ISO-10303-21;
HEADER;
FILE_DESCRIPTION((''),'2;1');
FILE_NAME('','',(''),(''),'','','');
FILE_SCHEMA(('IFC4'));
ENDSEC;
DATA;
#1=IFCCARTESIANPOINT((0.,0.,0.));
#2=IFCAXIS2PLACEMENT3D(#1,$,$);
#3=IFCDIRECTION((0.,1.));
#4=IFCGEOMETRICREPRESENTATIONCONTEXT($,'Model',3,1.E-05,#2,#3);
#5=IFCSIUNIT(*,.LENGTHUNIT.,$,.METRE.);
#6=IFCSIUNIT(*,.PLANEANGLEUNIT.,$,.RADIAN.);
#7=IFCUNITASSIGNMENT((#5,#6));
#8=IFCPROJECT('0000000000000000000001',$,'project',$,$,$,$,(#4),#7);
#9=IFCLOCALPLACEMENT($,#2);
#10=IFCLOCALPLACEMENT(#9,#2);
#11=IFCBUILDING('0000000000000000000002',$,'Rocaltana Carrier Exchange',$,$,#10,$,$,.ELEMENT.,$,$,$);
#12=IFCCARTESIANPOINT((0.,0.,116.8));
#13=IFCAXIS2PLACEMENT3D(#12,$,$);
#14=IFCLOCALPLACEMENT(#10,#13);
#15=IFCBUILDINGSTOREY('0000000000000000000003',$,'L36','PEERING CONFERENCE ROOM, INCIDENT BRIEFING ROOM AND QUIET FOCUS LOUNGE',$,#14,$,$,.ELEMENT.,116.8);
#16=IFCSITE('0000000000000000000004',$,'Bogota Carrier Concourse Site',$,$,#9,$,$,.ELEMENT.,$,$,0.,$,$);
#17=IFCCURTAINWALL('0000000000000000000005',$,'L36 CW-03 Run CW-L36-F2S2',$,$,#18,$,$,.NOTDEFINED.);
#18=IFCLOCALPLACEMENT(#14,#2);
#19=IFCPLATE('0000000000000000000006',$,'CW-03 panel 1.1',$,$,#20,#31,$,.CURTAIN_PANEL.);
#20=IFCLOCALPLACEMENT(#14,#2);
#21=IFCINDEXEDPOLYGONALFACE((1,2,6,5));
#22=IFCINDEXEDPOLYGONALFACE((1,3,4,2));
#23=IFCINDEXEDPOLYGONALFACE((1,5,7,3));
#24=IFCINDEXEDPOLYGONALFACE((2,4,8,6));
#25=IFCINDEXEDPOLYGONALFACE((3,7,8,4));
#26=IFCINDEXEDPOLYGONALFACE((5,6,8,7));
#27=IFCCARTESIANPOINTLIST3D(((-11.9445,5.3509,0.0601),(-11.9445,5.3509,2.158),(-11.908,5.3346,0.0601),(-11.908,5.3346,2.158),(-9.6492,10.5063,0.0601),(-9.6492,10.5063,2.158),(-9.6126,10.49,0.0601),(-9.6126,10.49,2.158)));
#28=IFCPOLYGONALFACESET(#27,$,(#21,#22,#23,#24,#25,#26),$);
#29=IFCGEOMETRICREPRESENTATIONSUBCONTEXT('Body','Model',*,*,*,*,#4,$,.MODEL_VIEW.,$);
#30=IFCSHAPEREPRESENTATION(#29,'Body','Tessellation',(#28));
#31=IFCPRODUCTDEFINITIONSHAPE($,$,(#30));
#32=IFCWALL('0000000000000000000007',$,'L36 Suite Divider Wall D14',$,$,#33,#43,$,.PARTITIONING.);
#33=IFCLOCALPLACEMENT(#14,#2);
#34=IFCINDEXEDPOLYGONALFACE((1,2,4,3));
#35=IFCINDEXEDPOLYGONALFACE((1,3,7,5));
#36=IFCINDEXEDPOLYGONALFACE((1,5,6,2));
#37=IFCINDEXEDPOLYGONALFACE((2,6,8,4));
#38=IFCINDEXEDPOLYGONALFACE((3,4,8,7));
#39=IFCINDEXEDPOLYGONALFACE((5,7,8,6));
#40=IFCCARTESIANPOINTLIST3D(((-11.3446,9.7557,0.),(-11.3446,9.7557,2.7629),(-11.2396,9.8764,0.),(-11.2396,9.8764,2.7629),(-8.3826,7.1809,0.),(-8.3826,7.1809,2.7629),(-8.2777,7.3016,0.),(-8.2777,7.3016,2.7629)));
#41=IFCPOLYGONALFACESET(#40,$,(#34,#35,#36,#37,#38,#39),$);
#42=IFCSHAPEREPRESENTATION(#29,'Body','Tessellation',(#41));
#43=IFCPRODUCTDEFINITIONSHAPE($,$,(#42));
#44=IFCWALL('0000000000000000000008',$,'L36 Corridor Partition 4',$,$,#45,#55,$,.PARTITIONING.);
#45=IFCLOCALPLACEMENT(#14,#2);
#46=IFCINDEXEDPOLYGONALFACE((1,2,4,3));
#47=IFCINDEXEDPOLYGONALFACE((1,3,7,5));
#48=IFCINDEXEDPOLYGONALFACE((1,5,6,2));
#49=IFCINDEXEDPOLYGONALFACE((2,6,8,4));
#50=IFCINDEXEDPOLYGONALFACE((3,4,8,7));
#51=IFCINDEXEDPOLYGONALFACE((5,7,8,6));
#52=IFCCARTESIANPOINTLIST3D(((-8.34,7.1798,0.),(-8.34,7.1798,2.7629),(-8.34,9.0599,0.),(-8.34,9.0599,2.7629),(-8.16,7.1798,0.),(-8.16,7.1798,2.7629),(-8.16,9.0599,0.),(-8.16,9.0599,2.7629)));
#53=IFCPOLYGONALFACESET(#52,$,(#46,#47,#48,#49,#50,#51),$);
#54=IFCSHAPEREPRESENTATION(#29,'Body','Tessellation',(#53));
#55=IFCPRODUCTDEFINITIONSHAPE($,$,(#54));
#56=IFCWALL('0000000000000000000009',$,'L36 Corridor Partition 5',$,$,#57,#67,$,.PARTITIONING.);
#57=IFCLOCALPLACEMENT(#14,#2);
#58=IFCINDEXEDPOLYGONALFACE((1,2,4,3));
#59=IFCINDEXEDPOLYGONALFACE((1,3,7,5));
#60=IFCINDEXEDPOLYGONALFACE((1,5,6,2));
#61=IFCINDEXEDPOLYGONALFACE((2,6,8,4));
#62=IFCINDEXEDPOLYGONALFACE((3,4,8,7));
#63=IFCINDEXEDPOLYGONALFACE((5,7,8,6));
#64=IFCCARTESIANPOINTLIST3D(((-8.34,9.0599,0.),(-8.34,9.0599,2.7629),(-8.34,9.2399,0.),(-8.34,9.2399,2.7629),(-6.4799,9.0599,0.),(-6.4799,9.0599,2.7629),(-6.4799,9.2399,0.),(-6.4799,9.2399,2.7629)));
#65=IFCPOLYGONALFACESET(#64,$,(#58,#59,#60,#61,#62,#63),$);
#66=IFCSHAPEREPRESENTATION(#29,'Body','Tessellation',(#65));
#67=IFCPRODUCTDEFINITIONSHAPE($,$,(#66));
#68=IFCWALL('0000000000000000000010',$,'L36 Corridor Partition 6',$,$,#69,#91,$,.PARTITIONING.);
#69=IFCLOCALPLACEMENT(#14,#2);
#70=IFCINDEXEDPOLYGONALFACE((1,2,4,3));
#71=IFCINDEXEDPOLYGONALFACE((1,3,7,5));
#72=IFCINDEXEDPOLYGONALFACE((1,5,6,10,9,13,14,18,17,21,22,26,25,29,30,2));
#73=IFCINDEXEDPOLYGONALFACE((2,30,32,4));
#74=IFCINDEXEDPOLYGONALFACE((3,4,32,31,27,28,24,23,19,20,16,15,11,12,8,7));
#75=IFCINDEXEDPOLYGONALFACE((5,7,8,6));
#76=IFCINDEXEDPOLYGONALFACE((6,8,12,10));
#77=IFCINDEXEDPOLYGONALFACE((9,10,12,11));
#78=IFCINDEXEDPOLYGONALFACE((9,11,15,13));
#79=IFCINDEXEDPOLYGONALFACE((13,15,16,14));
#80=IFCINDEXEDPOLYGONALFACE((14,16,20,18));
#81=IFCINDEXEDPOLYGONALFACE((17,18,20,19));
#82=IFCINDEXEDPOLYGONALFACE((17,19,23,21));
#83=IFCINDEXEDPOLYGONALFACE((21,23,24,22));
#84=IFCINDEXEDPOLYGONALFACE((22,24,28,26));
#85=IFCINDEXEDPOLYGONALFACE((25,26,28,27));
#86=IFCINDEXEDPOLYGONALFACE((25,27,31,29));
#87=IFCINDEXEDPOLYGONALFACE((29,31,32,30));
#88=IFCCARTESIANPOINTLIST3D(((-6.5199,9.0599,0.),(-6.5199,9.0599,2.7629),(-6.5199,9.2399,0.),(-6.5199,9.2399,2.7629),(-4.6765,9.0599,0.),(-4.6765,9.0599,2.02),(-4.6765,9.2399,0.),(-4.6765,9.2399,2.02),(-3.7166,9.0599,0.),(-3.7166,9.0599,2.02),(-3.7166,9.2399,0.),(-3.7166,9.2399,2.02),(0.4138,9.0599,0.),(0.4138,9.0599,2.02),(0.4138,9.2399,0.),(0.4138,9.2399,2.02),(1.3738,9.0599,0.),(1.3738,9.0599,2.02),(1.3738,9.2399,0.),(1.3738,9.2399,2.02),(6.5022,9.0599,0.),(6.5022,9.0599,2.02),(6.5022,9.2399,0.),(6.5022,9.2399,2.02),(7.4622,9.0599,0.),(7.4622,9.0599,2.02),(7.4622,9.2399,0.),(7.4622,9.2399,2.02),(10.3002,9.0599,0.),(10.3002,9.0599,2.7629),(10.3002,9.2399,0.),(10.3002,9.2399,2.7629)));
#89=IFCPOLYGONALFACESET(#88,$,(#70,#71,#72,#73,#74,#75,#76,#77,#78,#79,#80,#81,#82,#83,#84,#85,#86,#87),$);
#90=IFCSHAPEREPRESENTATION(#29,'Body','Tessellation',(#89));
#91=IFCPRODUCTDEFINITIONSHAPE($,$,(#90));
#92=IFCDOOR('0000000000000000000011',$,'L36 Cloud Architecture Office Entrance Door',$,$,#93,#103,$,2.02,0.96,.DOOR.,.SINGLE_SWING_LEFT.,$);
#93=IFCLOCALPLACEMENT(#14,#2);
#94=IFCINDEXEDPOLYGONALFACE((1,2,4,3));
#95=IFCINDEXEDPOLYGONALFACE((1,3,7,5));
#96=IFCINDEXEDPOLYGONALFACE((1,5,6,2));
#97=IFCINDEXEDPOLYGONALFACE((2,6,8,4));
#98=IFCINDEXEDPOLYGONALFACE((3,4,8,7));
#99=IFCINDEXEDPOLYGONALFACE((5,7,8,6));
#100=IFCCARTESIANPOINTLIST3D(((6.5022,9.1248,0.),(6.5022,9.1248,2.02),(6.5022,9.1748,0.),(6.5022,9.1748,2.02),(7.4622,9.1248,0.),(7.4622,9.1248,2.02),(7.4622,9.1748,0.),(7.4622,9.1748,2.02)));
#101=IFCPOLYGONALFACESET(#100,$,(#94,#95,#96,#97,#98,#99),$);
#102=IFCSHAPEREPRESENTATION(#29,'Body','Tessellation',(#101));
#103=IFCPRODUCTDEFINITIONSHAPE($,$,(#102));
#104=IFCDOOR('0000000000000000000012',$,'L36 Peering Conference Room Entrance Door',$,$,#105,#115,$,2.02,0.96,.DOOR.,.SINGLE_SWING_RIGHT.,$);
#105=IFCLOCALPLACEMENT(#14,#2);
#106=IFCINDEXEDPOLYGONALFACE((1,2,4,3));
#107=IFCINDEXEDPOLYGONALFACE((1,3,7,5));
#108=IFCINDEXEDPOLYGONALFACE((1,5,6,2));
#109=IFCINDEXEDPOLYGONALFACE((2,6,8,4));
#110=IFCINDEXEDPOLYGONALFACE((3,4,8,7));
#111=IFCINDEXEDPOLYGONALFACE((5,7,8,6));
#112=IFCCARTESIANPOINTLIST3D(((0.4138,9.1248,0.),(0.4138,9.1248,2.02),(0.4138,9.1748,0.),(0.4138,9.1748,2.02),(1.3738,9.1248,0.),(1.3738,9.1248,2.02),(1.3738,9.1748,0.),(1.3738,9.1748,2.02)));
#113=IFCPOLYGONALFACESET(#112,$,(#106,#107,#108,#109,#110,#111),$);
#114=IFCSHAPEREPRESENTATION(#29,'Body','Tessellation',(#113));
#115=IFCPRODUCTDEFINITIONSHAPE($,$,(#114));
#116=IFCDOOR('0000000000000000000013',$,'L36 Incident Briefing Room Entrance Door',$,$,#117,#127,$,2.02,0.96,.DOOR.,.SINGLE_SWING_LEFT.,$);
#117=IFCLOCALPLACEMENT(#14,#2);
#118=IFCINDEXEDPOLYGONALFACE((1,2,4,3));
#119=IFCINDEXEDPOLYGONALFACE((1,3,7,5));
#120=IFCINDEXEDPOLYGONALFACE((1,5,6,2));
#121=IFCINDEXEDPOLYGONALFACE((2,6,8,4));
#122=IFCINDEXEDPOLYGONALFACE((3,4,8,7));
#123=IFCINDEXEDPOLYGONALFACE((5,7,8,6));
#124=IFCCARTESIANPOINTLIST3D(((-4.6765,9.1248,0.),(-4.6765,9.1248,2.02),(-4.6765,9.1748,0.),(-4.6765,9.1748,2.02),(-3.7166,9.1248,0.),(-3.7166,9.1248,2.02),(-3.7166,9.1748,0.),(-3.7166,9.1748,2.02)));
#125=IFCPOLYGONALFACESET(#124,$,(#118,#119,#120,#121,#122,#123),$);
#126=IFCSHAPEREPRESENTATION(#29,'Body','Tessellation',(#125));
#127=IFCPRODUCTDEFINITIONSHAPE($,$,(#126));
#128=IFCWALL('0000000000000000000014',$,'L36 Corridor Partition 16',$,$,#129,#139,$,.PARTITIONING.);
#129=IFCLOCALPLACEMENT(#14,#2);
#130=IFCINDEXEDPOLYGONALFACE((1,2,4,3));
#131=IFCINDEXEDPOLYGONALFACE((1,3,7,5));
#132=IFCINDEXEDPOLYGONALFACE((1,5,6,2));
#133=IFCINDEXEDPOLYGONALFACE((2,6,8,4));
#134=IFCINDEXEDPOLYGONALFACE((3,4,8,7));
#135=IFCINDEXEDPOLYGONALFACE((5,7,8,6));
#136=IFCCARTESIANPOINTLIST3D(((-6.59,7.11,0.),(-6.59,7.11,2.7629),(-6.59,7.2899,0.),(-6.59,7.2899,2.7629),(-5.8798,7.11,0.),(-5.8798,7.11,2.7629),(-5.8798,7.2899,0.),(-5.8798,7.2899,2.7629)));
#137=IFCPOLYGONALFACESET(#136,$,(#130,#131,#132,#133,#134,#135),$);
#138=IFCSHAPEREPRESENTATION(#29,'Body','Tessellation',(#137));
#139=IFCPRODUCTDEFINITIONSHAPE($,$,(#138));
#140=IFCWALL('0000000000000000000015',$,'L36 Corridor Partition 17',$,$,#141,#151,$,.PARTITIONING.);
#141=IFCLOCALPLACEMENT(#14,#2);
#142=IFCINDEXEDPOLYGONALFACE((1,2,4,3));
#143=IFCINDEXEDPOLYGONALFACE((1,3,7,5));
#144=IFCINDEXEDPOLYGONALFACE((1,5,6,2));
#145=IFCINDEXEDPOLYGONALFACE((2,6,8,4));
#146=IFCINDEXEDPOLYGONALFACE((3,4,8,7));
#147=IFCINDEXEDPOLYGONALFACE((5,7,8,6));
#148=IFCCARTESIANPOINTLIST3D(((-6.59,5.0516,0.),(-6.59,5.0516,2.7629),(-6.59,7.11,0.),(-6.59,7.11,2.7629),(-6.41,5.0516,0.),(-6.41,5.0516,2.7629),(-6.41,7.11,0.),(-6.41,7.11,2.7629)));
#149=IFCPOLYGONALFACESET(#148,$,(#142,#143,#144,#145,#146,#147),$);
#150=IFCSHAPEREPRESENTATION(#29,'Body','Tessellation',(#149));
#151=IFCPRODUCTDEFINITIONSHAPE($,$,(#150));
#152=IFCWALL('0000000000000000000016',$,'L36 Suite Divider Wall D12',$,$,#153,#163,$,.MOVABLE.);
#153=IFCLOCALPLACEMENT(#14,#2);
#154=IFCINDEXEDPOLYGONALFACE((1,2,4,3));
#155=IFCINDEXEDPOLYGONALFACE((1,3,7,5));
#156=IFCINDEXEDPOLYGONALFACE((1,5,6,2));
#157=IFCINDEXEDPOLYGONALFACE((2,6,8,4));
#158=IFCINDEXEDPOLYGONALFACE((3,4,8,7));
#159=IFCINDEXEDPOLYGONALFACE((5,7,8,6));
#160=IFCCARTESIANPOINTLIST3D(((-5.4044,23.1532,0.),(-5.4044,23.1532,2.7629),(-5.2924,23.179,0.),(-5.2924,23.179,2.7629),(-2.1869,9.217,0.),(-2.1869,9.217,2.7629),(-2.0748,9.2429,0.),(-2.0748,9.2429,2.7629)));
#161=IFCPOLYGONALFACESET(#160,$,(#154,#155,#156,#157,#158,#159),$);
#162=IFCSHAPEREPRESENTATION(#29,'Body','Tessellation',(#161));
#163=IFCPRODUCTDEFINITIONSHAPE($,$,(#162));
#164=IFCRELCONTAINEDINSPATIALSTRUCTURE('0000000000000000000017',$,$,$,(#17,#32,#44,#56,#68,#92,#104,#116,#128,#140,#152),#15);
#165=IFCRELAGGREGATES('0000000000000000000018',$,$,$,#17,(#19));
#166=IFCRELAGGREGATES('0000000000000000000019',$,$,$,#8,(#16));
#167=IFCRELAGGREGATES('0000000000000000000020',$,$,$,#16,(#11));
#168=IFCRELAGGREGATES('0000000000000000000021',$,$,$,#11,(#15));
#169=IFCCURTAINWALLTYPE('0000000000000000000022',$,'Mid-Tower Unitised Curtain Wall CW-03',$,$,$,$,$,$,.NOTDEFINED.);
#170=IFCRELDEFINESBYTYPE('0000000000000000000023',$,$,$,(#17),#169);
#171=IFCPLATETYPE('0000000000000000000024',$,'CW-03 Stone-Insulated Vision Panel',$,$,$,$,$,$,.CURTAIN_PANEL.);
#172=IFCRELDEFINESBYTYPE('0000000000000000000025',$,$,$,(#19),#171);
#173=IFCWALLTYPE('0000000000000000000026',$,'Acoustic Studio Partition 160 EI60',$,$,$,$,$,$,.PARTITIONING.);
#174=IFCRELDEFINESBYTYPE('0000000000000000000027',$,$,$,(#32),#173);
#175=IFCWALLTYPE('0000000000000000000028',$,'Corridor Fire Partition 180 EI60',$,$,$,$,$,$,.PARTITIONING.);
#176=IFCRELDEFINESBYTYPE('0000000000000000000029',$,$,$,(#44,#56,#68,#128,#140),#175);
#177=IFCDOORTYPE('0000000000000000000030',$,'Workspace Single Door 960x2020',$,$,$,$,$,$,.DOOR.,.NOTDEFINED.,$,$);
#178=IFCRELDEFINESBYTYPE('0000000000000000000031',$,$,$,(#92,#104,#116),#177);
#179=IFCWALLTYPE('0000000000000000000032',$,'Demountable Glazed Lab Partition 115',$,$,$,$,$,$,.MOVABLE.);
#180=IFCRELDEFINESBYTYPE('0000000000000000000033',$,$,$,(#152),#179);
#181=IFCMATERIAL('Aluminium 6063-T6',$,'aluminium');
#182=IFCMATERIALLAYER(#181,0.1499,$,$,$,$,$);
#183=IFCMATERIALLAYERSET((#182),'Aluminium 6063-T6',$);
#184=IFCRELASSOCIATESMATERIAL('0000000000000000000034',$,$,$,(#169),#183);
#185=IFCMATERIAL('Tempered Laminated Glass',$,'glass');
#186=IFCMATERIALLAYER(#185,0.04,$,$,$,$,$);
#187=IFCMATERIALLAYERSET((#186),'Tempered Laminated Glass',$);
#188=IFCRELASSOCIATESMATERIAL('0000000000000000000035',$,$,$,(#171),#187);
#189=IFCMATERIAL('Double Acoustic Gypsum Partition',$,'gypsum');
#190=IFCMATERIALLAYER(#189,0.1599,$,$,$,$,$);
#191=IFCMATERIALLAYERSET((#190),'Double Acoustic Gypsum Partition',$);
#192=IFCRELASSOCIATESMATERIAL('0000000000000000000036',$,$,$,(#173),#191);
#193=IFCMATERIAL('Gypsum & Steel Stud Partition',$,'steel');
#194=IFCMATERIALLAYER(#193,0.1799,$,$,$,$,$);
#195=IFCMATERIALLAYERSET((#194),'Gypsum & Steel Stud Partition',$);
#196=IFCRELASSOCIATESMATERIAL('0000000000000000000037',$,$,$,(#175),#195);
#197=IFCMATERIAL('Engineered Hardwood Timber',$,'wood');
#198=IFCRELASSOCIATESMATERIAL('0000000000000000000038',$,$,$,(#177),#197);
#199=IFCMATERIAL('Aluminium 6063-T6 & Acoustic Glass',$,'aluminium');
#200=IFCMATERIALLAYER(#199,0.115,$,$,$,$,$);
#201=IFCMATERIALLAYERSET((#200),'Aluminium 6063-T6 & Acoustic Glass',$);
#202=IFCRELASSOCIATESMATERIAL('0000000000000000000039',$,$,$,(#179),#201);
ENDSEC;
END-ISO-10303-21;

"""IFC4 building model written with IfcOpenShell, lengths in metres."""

from ifc_helpers import new_model, si_unit, direction, frame, frame_2d, origin, origin_2d, place, context, subcontext, project, spatial, rectangle, extrude, material, layer, layer_set, type_object, element, fill, aggregate, save


model = new_model("IFC4")

# Units and contexts
model_context = context("Model", 3, precision=1e-05, world=origin(), true_north=direction((0.0, 1.0)))
body_context = subcontext(model_context, "Body", "Model", "MODEL_VIEW")
ifc_project = project(units=[si_unit("LENGTHUNIT", "METRE"), si_unit("PLANEANGLEUNIT", "RADIAN")], contexts=[model_context])

# Site, building, storey
site_placement = place(None, origin())
site = spatial("IfcSite", under=ifc_project, at=site_placement, Name="Bogota Carrier Concourse Site", CompositionType="ELEMENT", RefElevation=0.0)
building_placement = place(site_placement, origin())
building = spatial("IfcBuilding", under=site, at=building_placement, Name="Rocaltana Carrier Exchange", CompositionType="ELEMENT")
storey_placement = place(building_placement, frame((0.0, 0.0, 116.8)))
storey = spatial("IfcBuildingStorey", under=building, at=storey_placement, Name="L36", Description="PEERING CONFERENCE ROOM, INCIDENT BRIEFING ROOM AND QUIET FOCUS LOUNGE", CompositionType="ELEMENT", Elevation=116.8)

# Shared definitions
ifc_material_1 = material(Name="Aluminium 6063-T6", Category="aluminium")
ifc_layer_1 = layer(ifc_material_1, 0.1499)
ifc_layer_set_1 = layer_set([ifc_layer_1], Name="Aluminium 6063-T6")
curtain_wall_type = type_object("IfcCurtainWallType", Name="Mid-Tower Unitised Curtain Wall CW-03", PredefinedType="NOTDEFINED", material=ifc_layer_set_1)

# Curtain wall
curtain_wall_1_placement = place(storey_placement, origin())
curtain_wall_1 = element("IfcCurtainWall", 1, at=curtain_wall_1_placement, inside=storey, type_object=curtain_wall_type, Name="L36 CW-03 Run CW-L36-F2S2", PredefinedType="NOTDEFINED")

# Plate
ifc_material_2 = material(Name="Tempered Laminated Glass", Category="glass")
ifc_layer_2 = layer(ifc_material_2, 0.04)
ifc_layer_set_2 = layer_set([ifc_layer_2], Name="Tempered Laminated Glass")
plate_type = type_object("IfcPlateType", Name="CW-03 Stone-Insulated Vision Panel", PredefinedType="CURTAIN_PANEL", material=ifc_layer_set_2)
plate_placement = place(storey_placement, frame((-10.7786, 7.9204, 0.0601), z_axis=(0.0, 0.0, 1.0), x_axis=(-0.406744, -0.913542, 0.0)))
plate = element("IfcPlate", 2, at=plate_placement, type_object=plate_type, Name="CW-03 panel 1.1", PredefinedType="CURTAIN_PANEL", context=body_context, shape_type="SweptSolid", body=[
    extrude(rectangle(XDim=5.6433, YDim=0.04, at=origin_2d()), origin(), (0.0, 0.0, 1.0), 2.0979),
])
aggregate(curtain_wall_1, [plate])

# Walls
ifc_material_3 = material(Name="Double Acoustic Gypsum Partition", Category="gypsum")
ifc_layer_3 = layer(ifc_material_3, 0.1599)
ifc_layer_set_3 = layer_set([ifc_layer_3], Name="Double Acoustic Gypsum Partition")
wall_type_1 = type_object("IfcWallType", Name="Acoustic Studio Partition 160 EI60", PredefinedType="PARTITIONING", material=ifc_layer_set_3)
wall_1_placement = place(storey_placement, frame((-8.3301, 7.2412, 0.0), z_axis=(0.0, 0.0, 1.0), x_axis=(-0.754715, 0.656052, 0.0)))
element("IfcWall", 3, at=wall_1_placement, inside=storey, type_object=wall_type_1, Name="L36 Suite Divider Wall D14", PredefinedType="PARTITIONING", context=body_context, shape_type="SweptSolid", body=[
    extrude(rectangle(XDim=3.9246, YDim=0.1599, at=frame_2d((1.9624, 0.0))), origin(), (0.0, 0.0, 1.0), 2.7629),
])
ifc_material_4 = material(Name="Gypsum & Steel Stud Partition", Category="steel")
ifc_layer_4 = layer(ifc_material_4, 0.1799)
ifc_layer_set_4 = layer_set([ifc_layer_4], Name="Gypsum & Steel Stud Partition")
wall_type_2 = type_object("IfcWallType", Name="Corridor Fire Partition 180 EI60", PredefinedType="PARTITIONING", material=ifc_layer_set_4)
wall_2_placement = place(storey_placement, frame((-8.25, 7.1799, 0.0), z_axis=(0.0, 0.0, 1.0), x_axis=(0.0, 1.0, 0.0)))
element("IfcWall", 4, at=wall_2_placement, inside=storey, type_object=wall_type_2, Name="L36 Corridor Partition 4", PredefinedType="PARTITIONING", context=body_context, shape_type="SweptSolid", body=[
    extrude(rectangle(XDim=1.8801, YDim=0.1799, at=frame_2d((0.9399, 0.0))), origin(), (0.0, 0.0, 1.0), 2.7629),
])
wall_3_placement = place(storey_placement, frame((-8.3401, 9.1499, 0.0), z_axis=(0.0, 0.0, 1.0), x_axis=(1.0, 0.0, 0.0)))
element("IfcWall", 5, at=wall_3_placement, inside=storey, type_object=wall_type_2, Name="L36 Corridor Partition 5", PredefinedType="PARTITIONING", context=body_context, shape_type="SweptSolid", body=[
    extrude(rectangle(XDim=1.8601, YDim=0.1799, at=frame_2d((0.9302, 0.0))), origin(), (0.0, 0.0, 1.0), 2.7629),
])

# Wall, openings, doors
wall_4_placement = place(storey_placement, frame((-6.52, 9.1499, 0.0), z_axis=(0.0, 0.0, 1.0), x_axis=(1.0, 0.0, 0.0)))
wall_4 = element("IfcWall", 6, at=wall_4_placement, inside=storey, type_object=wall_type_2, Name="L36 Corridor Partition 6", PredefinedType="PARTITIONING", context=body_context, shape_type="SweptSolid", body=[
    extrude(rectangle(XDim=16.8201, YDim=0.1799, at=frame_2d((8.4102, 0.0))), origin(), (0.0, 0.0, 1.0), 2.7629),
])
opening_1_placement = place(wall_4_placement, frame((13.0222, 0.0, 0.0)))
opening_1 = element("IfcOpeningElement", 7, at=opening_1_placement, cuts=wall_4, PredefinedType="OPENING", context=body_context, shape_type="SweptSolid", body=[
    extrude(rectangle(XDim=0.96, YDim=2.02, at=frame_2d((0.48, 1.01))), frame((0.0, 0.0999, 0.0), z_axis=(0.0, -1.0, 0.0), x_axis=(1.0, 0.0, 0.0)), (0.0, 0.0, 1.0), 0.2),
])
opening_2_placement = place(wall_4_placement, frame((6.9338, 0.0, 0.0)))
opening_2 = element("IfcOpeningElement", 8, at=opening_2_placement, cuts=wall_4, PredefinedType="OPENING", context=body_context, shape_type="SweptSolid", body=[
    extrude(rectangle(XDim=0.96, YDim=2.02, at=frame_2d((0.48, 1.01))), frame((0.0, 0.0999, 0.0), z_axis=(0.0, -1.0, 0.0), x_axis=(1.0, 0.0, 0.0)), (0.0, 0.0, 1.0), 0.2),
])
opening_3_placement = place(wall_4_placement, frame((1.8435, 0.0, 0.0)))
opening_3 = element("IfcOpeningElement", 9, at=opening_3_placement, cuts=wall_4, PredefinedType="OPENING", context=body_context, shape_type="SweptSolid", body=[
    extrude(rectangle(XDim=0.96, YDim=2.02, at=frame_2d((0.48, 1.01))), frame((0.0, 0.0999, 0.0), z_axis=(0.0, -1.0, 0.0), x_axis=(1.0, 0.0, 0.0)), (0.0, 0.0, 1.0), 0.2),
])
ifc_material_5 = material(Name="Engineered Hardwood Timber", Category="wood")
door_type_1 = type_object("IfcDoorType", Name="Workspace Single Door 960x2020", OperationType="NOTDEFINED", PredefinedType="DOOR", material=ifc_material_5)
door_1_placement = place(opening_1_placement, origin())
door_1 = element("IfcDoor", 10, at=door_1_placement, inside=storey, type_object=door_type_1, Name="L36 Cloud Architecture Office Entrance Door", OperationType="SINGLE_SWING_LEFT", OverallHeight=2.02, OverallWidth=0.96, PredefinedType="DOOR", context=body_context, shape_type="SweptSolid", body=[
    extrude(rectangle(XDim=0.96, YDim=2.02, at=frame_2d((0.48, 1.01))), frame((0.0, 0.0249, 0.0), z_axis=(0.0, -1.0, 0.0), x_axis=(1.0, 0.0, 0.0)), (0.0, 0.0, 1.0), 0.05),
])
fill(opening_1, door_1)
door_2_placement = place(opening_2_placement, origin())
door_2 = element("IfcDoor", 11, at=door_2_placement, inside=storey, type_object=door_type_1, Name="L36 Peering Conference Room Entrance Door", OperationType="SINGLE_SWING_RIGHT", OverallHeight=2.02, OverallWidth=0.96, PredefinedType="DOOR", context=body_context, shape_type="SweptSolid", body=[
    extrude(rectangle(XDim=0.96, YDim=2.02, at=frame_2d((0.48, 1.01))), frame((0.0, 0.0249, 0.0), z_axis=(0.0, -1.0, 0.0), x_axis=(1.0, 0.0, 0.0)), (0.0, 0.0, 1.0), 0.05),
])
fill(opening_2, door_2)
door_3_placement = place(opening_3_placement, origin())
door_3 = element("IfcDoor", 12, at=door_3_placement, inside=storey, type_object=door_type_1, Name="L36 Incident Briefing Room Entrance Door", OperationType="SINGLE_SWING_LEFT", OverallHeight=2.02, OverallWidth=0.96, PredefinedType="DOOR", context=body_context, shape_type="SweptSolid", body=[
    extrude(rectangle(XDim=0.96, YDim=2.02, at=frame_2d((0.48, 1.01))), frame((0.0, 0.0249, 0.0), z_axis=(0.0, -1.0, 0.0), x_axis=(1.0, 0.0, 0.0)), (0.0, 0.0, 1.0), 0.05),
])
fill(opening_3, door_3)

# Walls
wall_5_placement = place(storey_placement, frame((-5.8799, 7.2, 0.0), z_axis=(0.0, 0.0, 1.0), x_axis=(-1.0, 0.0, 0.0)))
element("IfcWall", 13, at=wall_5_placement, inside=storey, type_object=wall_type_2, Name="L36 Corridor Partition 16", PredefinedType="PARTITIONING", context=body_context, shape_type="SweptSolid", body=[
    extrude(rectangle(XDim=0.7102, YDim=0.1799, at=frame_2d((0.355, 0.0))), origin(), (0.0, 0.0, 1.0), 2.7629),
])
wall_6_placement = place(storey_placement, frame((-6.5, 7.1101, 0.0), z_axis=(0.0, 0.0, 1.0), x_axis=(0.0, -1.0, 0.0)))
element("IfcWall", 14, at=wall_6_placement, inside=storey, type_object=wall_type_2, Name="L36 Corridor Partition 17", PredefinedType="PARTITIONING", context=body_context, shape_type="SweptSolid", body=[
    extrude(rectangle(XDim=2.0583, YDim=0.1799, at=frame_2d((1.0293, 0.0))), origin(), (0.0, 0.0, 1.0), 2.7629),
])
ifc_material_6 = material(Name="Aluminium 6063-T6 & Acoustic Glass", Category="aluminium")
ifc_layer_5 = layer(ifc_material_6, 0.115)
ifc_layer_set_5 = layer_set([ifc_layer_5], Name="Aluminium 6063-T6 & Acoustic Glass")
wall_type_3 = type_object("IfcWallType", Name="Demountable Glazed Lab Partition 115", PredefinedType="MOVABLE", material=ifc_layer_set_5)
wall_7_placement = place(storey_placement, frame((-2.1309, 9.23, 0.0), z_axis=(0.0, 0.0, 1.0), x_axis=(-0.22496, 0.974368, 0.0)))
element("IfcWall", 15, at=wall_7_placement, inside=storey, type_object=wall_type_3, Name="L36 Suite Divider Wall D12", PredefinedType="MOVABLE", context=body_context, shape_type="SweptSolid", body=[
    extrude(rectangle(XDim=14.3027, YDim=0.115, at=frame_2d((7.1514, 0.0))), origin(), (0.0, 0.0, 1.0), 2.7629),
])

save(model, "model.ifc")
